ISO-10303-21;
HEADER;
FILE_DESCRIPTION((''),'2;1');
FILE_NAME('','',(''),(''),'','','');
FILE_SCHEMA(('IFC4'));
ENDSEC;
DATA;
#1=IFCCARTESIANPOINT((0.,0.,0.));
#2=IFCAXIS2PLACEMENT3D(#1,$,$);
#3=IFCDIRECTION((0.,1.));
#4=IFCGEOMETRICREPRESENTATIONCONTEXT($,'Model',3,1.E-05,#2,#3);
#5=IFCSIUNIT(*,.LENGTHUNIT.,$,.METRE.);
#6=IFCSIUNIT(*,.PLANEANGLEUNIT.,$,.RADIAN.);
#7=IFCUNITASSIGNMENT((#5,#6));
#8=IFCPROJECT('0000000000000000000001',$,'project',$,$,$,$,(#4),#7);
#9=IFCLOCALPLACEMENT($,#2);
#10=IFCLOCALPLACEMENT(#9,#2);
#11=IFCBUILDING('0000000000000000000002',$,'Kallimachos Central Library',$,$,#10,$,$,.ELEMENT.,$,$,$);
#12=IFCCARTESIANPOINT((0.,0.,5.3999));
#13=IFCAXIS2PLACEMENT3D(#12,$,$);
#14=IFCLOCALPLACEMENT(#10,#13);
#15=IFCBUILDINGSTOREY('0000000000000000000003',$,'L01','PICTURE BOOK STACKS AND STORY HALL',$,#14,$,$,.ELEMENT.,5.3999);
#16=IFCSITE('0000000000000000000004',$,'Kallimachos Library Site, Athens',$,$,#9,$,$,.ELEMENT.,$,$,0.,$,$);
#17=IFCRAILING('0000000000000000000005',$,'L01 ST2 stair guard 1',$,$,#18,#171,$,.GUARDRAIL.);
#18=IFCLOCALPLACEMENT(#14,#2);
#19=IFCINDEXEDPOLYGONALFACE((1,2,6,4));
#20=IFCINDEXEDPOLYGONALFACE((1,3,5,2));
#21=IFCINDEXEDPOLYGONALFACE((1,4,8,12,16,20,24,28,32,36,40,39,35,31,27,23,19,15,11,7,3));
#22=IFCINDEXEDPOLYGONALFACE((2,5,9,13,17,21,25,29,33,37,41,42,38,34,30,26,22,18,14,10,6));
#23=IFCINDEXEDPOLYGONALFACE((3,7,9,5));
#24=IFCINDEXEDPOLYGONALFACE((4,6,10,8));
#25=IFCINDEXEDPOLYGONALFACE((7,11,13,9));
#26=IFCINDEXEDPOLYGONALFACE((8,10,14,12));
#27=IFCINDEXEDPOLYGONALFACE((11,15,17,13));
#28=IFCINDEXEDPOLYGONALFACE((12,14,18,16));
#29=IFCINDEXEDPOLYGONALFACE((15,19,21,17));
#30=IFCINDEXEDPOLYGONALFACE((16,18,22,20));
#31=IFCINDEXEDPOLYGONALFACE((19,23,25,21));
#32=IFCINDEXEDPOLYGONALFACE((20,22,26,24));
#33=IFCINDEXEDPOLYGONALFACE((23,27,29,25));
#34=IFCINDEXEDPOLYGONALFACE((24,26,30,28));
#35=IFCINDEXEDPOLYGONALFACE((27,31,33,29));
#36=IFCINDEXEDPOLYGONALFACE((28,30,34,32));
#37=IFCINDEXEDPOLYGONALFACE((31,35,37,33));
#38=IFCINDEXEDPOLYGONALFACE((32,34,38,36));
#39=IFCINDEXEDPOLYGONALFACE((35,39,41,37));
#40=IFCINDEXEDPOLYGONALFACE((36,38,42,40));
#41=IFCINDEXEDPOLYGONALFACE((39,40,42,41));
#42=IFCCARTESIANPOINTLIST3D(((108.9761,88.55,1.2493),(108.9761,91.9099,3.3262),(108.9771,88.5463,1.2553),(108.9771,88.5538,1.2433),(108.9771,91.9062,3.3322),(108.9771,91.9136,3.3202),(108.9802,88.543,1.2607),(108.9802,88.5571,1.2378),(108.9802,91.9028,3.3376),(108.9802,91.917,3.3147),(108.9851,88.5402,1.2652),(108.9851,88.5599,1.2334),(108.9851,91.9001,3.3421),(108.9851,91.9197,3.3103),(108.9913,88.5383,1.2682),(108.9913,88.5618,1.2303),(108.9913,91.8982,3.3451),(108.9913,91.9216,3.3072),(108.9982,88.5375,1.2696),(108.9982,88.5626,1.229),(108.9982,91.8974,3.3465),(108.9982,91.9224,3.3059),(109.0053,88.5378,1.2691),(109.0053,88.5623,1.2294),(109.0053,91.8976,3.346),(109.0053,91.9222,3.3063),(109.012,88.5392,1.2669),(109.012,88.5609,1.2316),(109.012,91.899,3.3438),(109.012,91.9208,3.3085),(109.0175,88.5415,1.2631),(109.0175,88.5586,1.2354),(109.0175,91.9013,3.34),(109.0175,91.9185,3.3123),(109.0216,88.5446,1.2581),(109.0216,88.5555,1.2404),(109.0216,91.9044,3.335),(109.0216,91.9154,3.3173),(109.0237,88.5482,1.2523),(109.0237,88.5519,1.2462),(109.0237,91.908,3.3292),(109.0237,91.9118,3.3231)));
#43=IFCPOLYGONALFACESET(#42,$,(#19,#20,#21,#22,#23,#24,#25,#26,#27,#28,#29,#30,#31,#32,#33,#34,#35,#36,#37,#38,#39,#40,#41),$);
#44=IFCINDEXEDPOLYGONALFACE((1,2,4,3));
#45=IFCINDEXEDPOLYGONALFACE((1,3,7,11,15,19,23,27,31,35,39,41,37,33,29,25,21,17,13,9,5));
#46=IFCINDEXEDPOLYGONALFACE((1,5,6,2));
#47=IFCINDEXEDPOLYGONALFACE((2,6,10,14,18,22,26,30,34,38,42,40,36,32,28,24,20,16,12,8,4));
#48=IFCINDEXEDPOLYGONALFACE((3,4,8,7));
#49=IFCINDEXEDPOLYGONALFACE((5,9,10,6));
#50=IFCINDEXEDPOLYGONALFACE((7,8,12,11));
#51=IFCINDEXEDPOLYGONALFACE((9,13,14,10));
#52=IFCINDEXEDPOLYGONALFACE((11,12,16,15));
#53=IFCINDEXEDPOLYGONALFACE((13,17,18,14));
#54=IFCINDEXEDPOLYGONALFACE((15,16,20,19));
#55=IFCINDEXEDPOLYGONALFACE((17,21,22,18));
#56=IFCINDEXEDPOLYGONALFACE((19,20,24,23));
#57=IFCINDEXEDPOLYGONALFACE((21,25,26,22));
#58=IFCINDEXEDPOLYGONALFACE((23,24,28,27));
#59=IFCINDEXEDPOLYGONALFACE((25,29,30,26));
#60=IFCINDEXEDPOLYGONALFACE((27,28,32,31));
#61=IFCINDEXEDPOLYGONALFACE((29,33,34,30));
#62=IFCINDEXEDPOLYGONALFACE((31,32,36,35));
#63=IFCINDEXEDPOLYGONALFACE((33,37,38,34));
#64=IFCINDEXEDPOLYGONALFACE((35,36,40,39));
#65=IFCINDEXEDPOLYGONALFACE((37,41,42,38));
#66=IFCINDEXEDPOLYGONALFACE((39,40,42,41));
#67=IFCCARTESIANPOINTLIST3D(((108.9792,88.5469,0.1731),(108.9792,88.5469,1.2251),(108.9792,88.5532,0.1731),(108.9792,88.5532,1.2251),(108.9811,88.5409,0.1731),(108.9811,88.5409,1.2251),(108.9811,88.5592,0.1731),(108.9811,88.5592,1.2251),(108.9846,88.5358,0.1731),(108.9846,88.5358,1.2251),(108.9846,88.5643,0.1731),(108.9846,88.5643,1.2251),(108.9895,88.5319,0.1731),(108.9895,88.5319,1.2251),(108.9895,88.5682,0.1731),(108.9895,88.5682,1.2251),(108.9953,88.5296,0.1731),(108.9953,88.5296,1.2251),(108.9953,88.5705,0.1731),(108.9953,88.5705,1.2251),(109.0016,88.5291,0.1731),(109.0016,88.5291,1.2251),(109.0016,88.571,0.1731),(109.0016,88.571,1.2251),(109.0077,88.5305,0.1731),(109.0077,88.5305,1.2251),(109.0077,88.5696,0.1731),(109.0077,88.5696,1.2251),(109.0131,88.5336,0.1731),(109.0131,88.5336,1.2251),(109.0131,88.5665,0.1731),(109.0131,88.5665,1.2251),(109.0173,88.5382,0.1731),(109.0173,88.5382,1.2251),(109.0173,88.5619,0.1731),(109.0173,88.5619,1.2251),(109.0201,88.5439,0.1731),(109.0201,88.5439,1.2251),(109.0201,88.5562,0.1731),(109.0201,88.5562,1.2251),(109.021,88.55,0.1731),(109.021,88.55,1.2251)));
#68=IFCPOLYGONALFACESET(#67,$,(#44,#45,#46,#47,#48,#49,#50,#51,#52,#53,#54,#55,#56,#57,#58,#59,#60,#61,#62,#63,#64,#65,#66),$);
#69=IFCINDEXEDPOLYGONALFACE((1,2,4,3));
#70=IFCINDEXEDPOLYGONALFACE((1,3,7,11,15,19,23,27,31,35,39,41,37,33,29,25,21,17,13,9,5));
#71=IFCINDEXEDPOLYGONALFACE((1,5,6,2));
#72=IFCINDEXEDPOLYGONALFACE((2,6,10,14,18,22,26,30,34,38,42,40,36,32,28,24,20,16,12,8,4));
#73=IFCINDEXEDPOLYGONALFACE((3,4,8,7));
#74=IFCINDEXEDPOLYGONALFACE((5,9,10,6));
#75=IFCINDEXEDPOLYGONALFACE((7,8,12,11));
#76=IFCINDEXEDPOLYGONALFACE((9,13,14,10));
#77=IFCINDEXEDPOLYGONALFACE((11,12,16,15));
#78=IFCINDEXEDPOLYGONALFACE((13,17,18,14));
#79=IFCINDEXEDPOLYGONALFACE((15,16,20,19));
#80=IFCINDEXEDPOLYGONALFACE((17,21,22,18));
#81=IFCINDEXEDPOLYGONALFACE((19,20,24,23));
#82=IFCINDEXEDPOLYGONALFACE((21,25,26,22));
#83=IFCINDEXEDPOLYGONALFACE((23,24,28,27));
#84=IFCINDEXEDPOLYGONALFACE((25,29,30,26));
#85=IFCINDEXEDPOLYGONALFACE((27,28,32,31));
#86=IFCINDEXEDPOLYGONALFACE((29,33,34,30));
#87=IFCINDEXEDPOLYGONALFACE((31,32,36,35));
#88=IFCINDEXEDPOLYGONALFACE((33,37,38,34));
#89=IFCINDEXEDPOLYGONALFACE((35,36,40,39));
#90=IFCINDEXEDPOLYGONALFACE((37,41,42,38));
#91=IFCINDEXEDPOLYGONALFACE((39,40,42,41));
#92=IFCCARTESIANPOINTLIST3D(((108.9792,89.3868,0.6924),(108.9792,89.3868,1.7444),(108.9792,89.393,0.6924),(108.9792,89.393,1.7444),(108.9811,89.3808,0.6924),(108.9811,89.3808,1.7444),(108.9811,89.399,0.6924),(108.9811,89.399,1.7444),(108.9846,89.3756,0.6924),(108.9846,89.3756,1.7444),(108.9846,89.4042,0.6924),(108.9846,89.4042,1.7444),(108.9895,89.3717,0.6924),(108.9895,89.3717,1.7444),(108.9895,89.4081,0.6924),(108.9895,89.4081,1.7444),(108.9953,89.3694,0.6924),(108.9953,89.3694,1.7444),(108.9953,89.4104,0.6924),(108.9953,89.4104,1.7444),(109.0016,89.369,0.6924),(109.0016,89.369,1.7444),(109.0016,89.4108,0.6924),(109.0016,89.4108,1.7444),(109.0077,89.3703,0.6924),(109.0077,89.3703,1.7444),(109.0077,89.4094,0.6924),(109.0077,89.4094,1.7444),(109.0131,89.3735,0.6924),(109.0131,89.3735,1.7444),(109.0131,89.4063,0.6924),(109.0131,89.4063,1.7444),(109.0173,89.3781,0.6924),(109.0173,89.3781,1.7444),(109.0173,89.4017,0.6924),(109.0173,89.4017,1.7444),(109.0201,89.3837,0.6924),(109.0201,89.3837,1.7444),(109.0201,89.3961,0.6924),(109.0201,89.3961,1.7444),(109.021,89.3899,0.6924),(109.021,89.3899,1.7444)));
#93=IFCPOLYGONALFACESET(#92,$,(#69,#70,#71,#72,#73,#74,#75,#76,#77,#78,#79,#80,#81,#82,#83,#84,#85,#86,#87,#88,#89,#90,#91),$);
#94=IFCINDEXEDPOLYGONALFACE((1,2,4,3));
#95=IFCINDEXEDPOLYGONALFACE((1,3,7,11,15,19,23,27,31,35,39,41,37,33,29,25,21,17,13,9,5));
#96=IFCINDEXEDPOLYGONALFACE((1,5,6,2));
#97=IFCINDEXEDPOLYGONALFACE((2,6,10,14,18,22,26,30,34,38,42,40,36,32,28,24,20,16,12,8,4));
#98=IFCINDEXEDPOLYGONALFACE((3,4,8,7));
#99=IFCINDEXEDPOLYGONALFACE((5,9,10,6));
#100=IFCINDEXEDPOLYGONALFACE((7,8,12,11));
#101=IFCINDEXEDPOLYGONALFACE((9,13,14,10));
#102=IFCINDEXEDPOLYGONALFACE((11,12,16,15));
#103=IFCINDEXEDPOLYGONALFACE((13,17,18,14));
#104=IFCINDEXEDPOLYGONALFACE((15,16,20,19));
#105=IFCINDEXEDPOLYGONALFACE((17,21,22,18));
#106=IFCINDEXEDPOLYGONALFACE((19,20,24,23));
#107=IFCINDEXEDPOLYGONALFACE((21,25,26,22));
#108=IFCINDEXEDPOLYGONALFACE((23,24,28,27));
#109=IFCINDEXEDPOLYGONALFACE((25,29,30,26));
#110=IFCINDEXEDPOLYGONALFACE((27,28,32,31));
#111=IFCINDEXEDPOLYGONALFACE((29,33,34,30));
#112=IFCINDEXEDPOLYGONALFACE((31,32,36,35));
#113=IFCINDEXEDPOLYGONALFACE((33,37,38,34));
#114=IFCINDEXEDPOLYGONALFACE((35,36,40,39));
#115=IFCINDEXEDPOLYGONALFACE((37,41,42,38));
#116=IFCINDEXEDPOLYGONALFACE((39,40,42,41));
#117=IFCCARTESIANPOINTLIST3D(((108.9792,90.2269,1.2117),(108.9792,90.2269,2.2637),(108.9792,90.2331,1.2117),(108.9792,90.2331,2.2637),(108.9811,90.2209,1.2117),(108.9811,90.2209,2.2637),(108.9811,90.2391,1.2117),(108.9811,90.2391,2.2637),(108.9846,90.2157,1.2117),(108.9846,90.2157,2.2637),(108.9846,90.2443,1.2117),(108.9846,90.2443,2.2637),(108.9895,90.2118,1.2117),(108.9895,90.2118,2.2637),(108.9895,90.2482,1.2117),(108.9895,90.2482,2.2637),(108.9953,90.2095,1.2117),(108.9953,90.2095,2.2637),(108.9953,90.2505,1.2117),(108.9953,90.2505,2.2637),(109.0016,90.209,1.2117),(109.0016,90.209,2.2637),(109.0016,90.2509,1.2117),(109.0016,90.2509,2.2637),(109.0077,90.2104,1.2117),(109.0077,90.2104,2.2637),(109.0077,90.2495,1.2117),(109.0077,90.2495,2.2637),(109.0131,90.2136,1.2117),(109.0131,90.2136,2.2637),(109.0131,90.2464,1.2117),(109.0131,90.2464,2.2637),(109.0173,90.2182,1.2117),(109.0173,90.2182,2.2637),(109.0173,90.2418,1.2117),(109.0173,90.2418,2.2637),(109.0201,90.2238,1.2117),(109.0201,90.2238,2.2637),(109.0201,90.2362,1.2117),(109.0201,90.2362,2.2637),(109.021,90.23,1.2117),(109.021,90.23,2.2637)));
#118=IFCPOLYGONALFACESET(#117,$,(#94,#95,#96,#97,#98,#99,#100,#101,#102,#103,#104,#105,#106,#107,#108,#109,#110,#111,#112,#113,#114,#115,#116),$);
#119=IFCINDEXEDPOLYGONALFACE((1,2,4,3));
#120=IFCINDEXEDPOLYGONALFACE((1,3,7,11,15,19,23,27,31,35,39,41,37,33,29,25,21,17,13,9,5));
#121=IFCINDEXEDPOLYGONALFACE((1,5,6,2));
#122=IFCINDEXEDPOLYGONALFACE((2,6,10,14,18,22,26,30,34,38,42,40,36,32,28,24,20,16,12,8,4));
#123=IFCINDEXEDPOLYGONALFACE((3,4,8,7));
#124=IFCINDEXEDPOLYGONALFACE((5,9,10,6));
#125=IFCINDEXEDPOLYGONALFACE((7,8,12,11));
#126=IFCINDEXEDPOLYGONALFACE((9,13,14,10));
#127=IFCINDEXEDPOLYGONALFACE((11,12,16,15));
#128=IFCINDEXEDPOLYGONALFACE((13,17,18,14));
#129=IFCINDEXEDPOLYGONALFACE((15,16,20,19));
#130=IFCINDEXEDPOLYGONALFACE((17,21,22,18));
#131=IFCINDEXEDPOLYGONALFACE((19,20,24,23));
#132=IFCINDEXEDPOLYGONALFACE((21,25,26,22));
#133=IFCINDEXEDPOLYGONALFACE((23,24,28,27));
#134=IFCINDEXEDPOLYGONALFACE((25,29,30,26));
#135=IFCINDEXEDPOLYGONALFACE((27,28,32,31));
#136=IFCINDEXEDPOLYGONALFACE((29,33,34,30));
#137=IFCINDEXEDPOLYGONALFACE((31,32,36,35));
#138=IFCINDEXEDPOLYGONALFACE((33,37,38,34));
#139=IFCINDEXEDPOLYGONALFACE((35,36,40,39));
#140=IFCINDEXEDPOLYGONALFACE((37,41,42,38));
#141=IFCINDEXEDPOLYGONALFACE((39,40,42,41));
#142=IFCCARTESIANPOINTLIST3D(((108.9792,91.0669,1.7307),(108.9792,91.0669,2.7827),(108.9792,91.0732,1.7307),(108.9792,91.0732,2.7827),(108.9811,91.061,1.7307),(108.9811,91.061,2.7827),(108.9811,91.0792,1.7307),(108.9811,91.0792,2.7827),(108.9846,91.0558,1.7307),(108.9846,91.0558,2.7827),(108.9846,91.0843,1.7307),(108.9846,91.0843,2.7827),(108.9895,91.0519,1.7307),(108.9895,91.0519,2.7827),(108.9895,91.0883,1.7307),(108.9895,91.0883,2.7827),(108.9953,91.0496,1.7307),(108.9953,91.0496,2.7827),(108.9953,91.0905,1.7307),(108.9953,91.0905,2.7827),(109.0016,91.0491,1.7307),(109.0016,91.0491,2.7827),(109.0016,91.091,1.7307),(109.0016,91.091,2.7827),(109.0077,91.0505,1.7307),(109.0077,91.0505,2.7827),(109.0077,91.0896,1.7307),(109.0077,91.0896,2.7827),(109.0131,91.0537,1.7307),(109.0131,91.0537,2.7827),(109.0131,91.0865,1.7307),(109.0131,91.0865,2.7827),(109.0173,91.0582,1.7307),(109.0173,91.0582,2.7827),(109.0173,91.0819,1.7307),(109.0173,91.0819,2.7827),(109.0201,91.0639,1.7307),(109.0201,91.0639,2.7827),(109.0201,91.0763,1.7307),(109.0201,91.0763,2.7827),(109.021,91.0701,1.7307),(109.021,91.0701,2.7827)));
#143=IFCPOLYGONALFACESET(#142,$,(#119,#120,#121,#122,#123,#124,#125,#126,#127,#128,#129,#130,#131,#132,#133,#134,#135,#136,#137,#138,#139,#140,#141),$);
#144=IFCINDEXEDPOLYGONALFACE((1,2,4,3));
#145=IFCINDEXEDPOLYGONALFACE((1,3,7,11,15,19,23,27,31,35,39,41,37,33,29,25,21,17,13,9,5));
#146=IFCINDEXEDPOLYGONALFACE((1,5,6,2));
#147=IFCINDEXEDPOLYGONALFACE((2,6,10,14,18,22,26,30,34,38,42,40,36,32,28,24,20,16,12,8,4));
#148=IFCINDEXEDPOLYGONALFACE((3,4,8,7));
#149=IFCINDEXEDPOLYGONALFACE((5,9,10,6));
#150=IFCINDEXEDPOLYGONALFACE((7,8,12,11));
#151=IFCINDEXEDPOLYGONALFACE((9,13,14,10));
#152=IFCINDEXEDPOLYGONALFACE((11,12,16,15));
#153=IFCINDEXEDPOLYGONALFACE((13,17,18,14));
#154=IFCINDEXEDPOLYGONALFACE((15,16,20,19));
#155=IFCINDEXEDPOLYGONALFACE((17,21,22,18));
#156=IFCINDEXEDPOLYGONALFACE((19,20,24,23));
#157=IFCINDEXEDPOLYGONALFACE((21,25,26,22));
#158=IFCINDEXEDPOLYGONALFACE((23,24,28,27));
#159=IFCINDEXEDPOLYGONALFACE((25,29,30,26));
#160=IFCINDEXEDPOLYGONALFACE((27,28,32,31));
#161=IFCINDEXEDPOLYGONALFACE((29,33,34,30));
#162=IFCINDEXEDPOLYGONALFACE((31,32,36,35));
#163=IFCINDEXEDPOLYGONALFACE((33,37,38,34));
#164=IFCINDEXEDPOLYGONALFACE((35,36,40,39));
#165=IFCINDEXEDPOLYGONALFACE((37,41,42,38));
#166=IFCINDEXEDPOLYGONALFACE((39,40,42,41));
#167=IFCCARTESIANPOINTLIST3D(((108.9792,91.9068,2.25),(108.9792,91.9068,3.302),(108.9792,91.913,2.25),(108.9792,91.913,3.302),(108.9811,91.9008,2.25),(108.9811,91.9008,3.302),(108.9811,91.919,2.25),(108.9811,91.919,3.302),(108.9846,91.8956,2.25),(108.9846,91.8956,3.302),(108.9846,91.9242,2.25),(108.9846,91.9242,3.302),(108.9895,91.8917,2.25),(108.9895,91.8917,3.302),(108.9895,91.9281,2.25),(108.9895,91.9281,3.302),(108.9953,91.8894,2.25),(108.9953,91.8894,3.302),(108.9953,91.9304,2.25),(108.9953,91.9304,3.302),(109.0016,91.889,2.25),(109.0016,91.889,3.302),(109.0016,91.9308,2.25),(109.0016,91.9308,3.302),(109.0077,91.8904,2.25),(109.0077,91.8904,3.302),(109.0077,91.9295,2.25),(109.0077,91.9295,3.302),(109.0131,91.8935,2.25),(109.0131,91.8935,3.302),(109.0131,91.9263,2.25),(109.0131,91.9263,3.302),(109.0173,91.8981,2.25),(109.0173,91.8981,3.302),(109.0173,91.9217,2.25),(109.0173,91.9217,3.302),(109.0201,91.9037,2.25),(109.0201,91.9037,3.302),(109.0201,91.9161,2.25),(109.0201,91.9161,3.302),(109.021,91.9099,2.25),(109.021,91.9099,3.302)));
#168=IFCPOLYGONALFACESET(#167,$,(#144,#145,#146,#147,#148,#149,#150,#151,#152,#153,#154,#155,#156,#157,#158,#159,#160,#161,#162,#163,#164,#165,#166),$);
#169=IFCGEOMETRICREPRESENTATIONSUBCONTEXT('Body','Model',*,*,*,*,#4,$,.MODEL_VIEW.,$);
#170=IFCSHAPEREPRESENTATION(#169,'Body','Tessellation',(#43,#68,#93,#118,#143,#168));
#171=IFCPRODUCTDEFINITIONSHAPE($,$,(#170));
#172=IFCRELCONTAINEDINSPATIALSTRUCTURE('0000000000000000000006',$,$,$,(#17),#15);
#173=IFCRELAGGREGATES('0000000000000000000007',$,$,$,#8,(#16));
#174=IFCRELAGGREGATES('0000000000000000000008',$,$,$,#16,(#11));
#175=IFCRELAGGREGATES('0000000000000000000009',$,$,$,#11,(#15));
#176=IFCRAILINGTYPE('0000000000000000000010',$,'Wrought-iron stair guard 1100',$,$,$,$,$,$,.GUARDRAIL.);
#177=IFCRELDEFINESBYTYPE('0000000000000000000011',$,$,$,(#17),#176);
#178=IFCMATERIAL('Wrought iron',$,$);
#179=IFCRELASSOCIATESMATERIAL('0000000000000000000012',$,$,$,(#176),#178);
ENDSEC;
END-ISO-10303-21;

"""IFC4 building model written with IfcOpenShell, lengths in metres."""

from ifc_helpers import new_model, si_unit, direction, frame, origin, origin_2d, place, context, subcontext, project, spatial, circle, extrude, material, type_object, element, save


model = new_model("IFC4")

# Units and contexts
model_context = context("Model", 3, precision=1e-05, world=origin(), true_north=direction((0.0, 1.0)))
body_context = subcontext(model_context, "Body", "Model", "MODEL_VIEW")
ifc_project = project(units=[si_unit("LENGTHUNIT", "METRE"), si_unit("PLANEANGLEUNIT", "RADIAN")], contexts=[model_context])

# Site, building, storey
site_placement = place(None, origin())
site = spatial("IfcSite", under=ifc_project, at=site_placement, Name="Kallimachos Library Site, Athens", CompositionType="ELEMENT", RefElevation=0.0)
building_placement = place(site_placement, origin())
building = spatial("IfcBuilding", under=site, at=building_placement, Name="Kallimachos Central Library", CompositionType="ELEMENT")
storey_placement = place(building_placement, frame((0.0, 0.0, 5.3999)))
storey = spatial("IfcBuildingStorey", under=building, at=storey_placement, Name="L01", Description="PICTURE BOOK STACKS AND STORY HALL", CompositionType="ELEMENT", Elevation=5.3999)

# Railing
ifc_material_1 = material(Name="Wrought iron")
railing_type_1 = type_object("IfcRailingType", Name="Wrought-iron stair guard 1100", PredefinedType="GUARDRAIL", material=ifc_material_1)
railing_1_placement = place(storey_placement, frame((109.0, 88.55, 0.1731)))
element("IfcRailing", 1, at=railing_1_placement, inside=storey, type_object=railing_type_1, Name="L01 ST2 stair guard 1", PredefinedType="GUARDRAIL", context=body_context, shape_type="SweptSolid", body=[
    extrude(circle(Radius=0.0239, at=origin_2d()), frame((0.0, 0.0, 1.0762), z_axis=(0.0, 0.850606, 0.525803), x_axis=(-1.0, 0.0, 0.0)), (0.0, 0.0, 1.0), 3.95),
    extrude(circle(Radius=0.021, at=origin_2d()), origin(), (0.0, 0.0, 1.0), 1.052),
    extrude(circle(Radius=0.021, at=origin_2d()), frame((0.0, 0.8398, 0.5193)), (0.0, 0.0, 1.0), 1.052),
    extrude(circle(Radius=0.021, at=origin_2d()), frame((0.0, 1.6799, 1.0386)), (0.0, 0.0, 1.0), 1.052),
    extrude(circle(Radius=0.021, at=origin_2d()), frame((0.0, 2.52, 1.5576)), (0.0, 0.0, 1.0), 1.052),
    extrude(circle(Radius=0.021, at=origin_2d()), frame((0.0, 3.3599, 2.0769)), (0.0, 0.0, 1.0), 1.052),
])

save(model, "model.ifc")
